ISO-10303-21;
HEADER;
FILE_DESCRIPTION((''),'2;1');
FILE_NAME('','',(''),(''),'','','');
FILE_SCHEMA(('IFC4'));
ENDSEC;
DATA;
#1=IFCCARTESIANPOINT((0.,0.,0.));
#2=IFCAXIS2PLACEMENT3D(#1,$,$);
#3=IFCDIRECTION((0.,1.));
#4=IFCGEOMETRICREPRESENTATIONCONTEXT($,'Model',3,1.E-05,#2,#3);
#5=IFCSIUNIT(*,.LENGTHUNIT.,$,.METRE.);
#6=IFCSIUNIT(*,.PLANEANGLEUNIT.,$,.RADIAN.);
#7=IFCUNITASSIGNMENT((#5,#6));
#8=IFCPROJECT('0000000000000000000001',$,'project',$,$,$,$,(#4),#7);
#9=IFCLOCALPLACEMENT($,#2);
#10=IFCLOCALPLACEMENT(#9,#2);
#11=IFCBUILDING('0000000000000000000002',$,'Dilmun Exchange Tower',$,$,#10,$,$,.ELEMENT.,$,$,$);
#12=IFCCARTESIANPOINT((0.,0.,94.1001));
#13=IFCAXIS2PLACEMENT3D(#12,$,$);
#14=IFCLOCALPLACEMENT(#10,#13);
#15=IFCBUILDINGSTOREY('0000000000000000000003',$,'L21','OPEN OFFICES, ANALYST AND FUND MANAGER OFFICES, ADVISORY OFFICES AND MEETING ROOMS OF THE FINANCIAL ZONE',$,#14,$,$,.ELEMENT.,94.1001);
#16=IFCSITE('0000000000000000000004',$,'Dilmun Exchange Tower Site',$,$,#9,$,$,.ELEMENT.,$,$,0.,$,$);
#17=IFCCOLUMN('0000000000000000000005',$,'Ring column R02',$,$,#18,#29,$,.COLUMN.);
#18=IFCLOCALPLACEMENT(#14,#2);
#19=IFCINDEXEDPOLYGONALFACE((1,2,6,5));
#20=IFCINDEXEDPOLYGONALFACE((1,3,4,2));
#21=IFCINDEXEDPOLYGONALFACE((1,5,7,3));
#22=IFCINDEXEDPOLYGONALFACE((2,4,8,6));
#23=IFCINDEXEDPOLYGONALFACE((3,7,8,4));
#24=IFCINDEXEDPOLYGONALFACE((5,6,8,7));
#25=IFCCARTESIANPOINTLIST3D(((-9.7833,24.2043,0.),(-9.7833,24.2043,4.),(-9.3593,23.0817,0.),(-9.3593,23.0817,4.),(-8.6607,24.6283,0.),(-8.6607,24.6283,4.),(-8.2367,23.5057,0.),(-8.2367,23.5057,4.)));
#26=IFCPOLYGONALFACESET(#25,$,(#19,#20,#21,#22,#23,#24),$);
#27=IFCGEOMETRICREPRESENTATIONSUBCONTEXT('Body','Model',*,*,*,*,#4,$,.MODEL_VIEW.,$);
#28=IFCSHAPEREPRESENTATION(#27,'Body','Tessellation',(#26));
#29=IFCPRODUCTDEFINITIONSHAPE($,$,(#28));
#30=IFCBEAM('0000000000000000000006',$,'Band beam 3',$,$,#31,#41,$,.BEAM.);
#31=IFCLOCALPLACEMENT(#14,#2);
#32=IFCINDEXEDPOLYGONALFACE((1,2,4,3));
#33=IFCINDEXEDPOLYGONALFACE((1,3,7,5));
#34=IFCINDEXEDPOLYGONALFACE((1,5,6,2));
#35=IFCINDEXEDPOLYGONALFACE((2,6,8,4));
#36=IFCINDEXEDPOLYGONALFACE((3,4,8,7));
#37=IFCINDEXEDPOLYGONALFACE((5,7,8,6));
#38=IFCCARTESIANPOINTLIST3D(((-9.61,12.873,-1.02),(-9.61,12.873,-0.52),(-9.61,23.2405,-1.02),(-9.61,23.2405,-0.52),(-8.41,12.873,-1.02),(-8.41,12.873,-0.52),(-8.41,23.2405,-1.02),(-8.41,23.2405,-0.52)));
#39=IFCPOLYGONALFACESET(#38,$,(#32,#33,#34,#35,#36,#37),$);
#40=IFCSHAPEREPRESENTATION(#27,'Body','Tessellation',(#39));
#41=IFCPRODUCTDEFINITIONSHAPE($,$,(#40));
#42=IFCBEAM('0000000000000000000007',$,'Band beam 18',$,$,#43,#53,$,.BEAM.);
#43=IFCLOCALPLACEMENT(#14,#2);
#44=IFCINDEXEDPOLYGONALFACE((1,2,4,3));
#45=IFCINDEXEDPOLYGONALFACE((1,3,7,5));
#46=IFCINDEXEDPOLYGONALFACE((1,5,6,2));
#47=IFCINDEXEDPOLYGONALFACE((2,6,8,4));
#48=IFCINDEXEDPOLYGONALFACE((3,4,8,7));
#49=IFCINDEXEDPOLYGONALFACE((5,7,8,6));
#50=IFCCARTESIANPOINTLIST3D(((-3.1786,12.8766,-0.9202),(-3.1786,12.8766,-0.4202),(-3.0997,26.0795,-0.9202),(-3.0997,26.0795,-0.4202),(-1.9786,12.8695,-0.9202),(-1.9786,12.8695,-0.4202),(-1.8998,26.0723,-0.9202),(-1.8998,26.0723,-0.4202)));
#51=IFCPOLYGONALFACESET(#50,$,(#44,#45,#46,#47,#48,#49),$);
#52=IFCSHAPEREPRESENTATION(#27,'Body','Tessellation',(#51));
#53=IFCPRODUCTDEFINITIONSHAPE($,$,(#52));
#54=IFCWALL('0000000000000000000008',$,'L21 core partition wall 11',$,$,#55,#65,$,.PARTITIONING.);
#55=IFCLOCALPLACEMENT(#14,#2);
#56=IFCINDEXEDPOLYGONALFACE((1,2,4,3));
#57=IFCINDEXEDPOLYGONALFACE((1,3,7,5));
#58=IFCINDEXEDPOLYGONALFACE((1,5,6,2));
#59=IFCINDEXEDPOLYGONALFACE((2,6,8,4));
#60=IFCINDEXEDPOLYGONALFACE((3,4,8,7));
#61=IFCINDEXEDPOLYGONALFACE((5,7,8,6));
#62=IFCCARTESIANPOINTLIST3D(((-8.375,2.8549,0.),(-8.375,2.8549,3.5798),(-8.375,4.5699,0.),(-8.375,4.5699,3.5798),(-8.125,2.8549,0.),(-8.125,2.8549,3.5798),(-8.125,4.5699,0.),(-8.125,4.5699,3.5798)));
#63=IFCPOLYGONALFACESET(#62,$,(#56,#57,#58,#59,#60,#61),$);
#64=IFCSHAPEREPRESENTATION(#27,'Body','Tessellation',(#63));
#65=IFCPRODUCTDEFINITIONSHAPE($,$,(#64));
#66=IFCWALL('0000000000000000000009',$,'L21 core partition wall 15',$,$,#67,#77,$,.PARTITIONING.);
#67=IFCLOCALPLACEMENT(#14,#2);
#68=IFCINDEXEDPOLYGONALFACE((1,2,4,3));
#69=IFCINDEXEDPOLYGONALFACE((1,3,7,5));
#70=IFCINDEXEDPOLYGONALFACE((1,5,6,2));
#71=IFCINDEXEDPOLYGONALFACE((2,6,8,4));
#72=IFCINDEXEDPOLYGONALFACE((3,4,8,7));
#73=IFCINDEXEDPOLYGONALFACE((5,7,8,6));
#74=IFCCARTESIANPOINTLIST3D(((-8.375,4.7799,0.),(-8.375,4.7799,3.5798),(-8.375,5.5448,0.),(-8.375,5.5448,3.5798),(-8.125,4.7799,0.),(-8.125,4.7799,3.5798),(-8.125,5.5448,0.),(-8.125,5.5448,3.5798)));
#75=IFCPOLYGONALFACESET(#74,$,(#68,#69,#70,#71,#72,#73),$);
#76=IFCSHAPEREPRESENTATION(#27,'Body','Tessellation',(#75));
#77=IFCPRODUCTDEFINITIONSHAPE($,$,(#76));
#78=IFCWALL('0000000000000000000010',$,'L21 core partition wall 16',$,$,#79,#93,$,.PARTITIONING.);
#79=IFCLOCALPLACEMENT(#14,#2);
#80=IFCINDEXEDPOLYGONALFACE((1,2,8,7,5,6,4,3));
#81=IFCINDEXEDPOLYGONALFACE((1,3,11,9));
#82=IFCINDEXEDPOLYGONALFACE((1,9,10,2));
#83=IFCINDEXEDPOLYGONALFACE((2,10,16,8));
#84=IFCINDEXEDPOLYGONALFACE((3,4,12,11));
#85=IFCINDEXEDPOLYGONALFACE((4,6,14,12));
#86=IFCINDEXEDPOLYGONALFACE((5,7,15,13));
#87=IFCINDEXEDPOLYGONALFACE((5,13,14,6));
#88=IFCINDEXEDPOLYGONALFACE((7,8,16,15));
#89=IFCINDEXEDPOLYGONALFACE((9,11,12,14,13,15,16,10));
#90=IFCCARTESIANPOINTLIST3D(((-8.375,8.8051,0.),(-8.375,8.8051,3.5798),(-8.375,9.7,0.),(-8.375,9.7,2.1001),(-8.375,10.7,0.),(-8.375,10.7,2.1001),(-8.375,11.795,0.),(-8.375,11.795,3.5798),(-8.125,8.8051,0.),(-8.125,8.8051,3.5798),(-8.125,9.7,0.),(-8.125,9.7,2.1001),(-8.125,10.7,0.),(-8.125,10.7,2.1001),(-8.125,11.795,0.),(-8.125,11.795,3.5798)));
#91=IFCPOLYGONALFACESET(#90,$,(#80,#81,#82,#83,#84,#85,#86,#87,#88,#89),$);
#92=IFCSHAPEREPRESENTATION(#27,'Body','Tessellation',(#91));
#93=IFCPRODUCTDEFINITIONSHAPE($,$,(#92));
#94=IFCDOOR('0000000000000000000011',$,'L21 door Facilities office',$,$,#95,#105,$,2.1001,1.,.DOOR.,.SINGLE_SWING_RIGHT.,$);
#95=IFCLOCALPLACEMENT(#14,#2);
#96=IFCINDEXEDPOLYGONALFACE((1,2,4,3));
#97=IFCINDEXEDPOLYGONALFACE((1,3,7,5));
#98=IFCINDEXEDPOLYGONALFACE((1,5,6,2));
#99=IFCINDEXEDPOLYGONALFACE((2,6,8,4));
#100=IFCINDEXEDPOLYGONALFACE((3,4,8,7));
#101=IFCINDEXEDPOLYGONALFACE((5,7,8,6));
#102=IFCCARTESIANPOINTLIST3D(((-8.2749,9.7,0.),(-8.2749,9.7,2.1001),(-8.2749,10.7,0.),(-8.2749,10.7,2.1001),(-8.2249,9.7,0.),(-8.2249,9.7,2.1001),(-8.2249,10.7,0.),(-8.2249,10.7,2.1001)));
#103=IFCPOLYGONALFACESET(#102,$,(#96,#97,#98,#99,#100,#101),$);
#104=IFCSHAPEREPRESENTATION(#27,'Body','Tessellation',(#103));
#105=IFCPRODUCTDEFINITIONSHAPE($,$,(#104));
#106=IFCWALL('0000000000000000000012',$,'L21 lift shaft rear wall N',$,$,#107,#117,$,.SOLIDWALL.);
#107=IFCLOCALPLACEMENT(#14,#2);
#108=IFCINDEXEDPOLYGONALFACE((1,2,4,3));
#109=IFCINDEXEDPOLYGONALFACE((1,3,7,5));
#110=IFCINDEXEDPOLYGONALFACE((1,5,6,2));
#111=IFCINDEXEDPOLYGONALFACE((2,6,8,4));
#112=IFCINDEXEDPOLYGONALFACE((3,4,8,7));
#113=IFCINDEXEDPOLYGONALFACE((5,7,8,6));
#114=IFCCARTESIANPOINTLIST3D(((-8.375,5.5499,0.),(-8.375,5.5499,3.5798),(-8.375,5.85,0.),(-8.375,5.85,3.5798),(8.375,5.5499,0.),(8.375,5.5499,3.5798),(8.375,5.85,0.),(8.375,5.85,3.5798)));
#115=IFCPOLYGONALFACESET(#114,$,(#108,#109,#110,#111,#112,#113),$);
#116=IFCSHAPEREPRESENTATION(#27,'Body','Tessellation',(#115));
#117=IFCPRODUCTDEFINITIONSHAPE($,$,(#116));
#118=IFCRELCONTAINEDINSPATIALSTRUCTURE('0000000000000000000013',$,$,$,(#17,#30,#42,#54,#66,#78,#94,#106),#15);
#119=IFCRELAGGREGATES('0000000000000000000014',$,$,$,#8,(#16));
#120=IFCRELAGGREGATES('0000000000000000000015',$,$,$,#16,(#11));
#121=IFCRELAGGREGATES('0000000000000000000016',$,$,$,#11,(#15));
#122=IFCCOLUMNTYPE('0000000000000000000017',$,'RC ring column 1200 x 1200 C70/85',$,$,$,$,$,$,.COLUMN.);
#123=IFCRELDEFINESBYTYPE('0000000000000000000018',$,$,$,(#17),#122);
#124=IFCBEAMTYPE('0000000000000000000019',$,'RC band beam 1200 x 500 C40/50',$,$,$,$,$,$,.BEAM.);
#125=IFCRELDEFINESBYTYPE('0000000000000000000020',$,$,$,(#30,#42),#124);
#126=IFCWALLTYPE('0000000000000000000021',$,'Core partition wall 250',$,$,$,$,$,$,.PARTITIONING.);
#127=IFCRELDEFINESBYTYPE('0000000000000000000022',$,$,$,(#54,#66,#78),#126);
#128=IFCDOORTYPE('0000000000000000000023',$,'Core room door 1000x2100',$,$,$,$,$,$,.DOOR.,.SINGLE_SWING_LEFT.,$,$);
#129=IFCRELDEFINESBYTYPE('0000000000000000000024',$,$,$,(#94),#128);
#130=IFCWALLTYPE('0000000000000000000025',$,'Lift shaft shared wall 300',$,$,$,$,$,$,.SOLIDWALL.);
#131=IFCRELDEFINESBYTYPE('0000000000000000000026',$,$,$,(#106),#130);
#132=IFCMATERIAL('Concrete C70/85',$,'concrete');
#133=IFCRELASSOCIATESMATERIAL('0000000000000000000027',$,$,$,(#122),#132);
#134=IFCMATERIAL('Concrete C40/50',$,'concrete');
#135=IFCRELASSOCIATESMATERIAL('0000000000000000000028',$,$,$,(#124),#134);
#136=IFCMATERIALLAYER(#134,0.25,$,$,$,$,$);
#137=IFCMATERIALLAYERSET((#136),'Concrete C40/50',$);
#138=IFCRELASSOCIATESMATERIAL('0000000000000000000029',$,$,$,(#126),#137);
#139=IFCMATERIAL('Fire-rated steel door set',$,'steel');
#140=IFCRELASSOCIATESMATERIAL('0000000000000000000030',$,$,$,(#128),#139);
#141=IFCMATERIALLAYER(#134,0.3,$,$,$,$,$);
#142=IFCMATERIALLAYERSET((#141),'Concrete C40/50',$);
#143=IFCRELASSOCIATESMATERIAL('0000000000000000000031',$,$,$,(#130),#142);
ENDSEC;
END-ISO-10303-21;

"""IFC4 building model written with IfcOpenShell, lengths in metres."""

from ifc_helpers import new_model, si_unit, direction, frame, frame_2d, origin, origin_2d, place, context, subcontext, project, spatial, rectangle, extrude, material, layer, layer_set, material_profile, profile_set, type_object, element, fill, save


model = new_model("IFC4")

# Units and contexts
model_context = context("Model", 3, precision=1e-05, world=origin(), true_north=direction((0.0, 1.0)))
body_context = subcontext(model_context, "Body", "Model", "MODEL_VIEW")
ifc_project = project(units=[si_unit("LENGTHUNIT", "METRE"), si_unit("PLANEANGLEUNIT", "RADIAN")], contexts=[model_context])

# Site, building, storey
site_placement = place(None, origin())
site = spatial("IfcSite", under=ifc_project, at=site_placement, Name="Dilmun Exchange Tower Site", CompositionType="ELEMENT", RefElevation=0.0)
building_placement = place(site_placement, origin())
building = spatial("IfcBuilding", under=site, at=building_placement, Name="Dilmun Exchange Tower", CompositionType="ELEMENT")
storey_placement = place(building_placement, frame((0.0, 0.0, 94.1001)))
storey = spatial("IfcBuildingStorey", under=building, at=storey_placement, Name="L21", Description="OPEN OFFICES, ANALYST AND FUND MANAGER OFFICES, ADVISORY OFFICES AND MEETING ROOMS OF THE FINANCIAL ZONE", CompositionType="ELEMENT", Elevation=94.1001)

# Column
ifc_material_1 = material(Name="Concrete C70/85", Category="concrete")
ifc_material_profile_1 = material_profile(ifc_material_1, rectangle(XDim=1.2, YDim=1.2, at=origin_2d()), Name="1200 x 1200")
ifc_profile_set_1 = profile_set([ifc_material_profile_1], Name="Concrete C70/85")
column_type = type_object("IfcColumnType", Name="RC ring column 1200 x 1200 C70/85", PredefinedType="COLUMN", material=ifc_profile_set_1)
column_placement = place(storey_placement, frame((-9.01, 23.855, 0.0), z_axis=(0.0, 0.0, 1.0), x_axis=(0.935492, 0.353349, 0.0)))
element("IfcColumn", 1, at=column_placement, inside=storey, type_object=column_type, Name="Ring column R02", PredefinedType="COLUMN", context=body_context, shape_type="SweptSolid", body=[
    extrude(rectangle(XDim=1.2, YDim=1.2, at=origin_2d()), origin(), (0.0, 0.0, 1.0), 4.0),
])

# Beams
ifc_material_2 = material(Name="Concrete C40/50", Category="concrete")
ifc_material_profile_2 = material_profile(ifc_material_2, rectangle(XDim=1.2, YDim=0.5, at=origin_2d()), Name="1200 x 500")
ifc_profile_set_2 = profile_set([ifc_material_profile_2], Name="Concrete C40/50")
beam_type = type_object("IfcBeamType", Name="RC band beam 1200 x 500 C40/50", PredefinedType="BEAM", material=ifc_profile_set_2)
beam_1_placement = place(storey_placement, frame((-9.01, 23.2405, -0.77), z_axis=(0.0, -1.0, 0.0), x_axis=(1.0, 0.0, 0.0)))
element("IfcBeam", 2, at=beam_1_placement, inside=storey, type_object=beam_type, Name="Band beam 3", PredefinedType="BEAM", context=body_context, shape_type="SweptSolid", body=[
    extrude(rectangle(XDim=1.2, YDim=0.5, at=origin_2d()), origin(), (0.0, 0.0, 1.0), 10.3674),
])
beam_2_placement = place(storey_placement, frame((-2.4998, 26.0759, -0.6702), z_axis=(-0.005973, -0.999982, 0.0), x_axis=(0.999982, -0.005973, 0.0)))
element("IfcBeam", 3, at=beam_2_placement, inside=storey, type_object=beam_type, Name="Band beam 18", PredefinedType="BEAM", context=body_context, shape_type="SweptSolid", body=[
    extrude(rectangle(XDim=1.2, YDim=0.5, at=origin_2d()), origin(), (0.0, 0.0, 1.0), 13.2031),
])

# Walls
ifc_layer_1 = layer(ifc_material_2, 0.25)
ifc_layer_set_1 = layer_set([ifc_layer_1], Name="Concrete C40/50")
wall_type_1 = type_object("IfcWallType", Name="Core partition wall 250", PredefinedType="PARTITIONING", material=ifc_layer_set_1)
wall_1_placement = place(storey_placement, frame((-8.25, 2.855, 0.0), z_axis=(0.0, 0.0, 1.0), x_axis=(0.0, 1.0, 0.0)))
element("IfcWall", 4, at=wall_1_placement, inside=storey, type_object=wall_type_1, Name="L21 core partition wall 11", PredefinedType="PARTITIONING", context=body_context, shape_type="SweptSolid", body=[
    extrude(rectangle(XDim=1.7151, YDim=0.25, at=frame_2d((0.8574, 0.0))), origin(), (0.0, 0.0, 1.0), 3.5798),
])
wall_2_placement = place(storey_placement, frame((-8.25, 4.78, 0.0), z_axis=(0.0, 0.0, 1.0), x_axis=(0.0, 1.0, 0.0)))
element("IfcWall", 5, at=wall_2_placement, inside=storey, type_object=wall_type_1, Name="L21 core partition wall 15", PredefinedType="PARTITIONING", context=body_context, shape_type="SweptSolid", body=[
    extrude(rectangle(XDim=0.7649, YDim=0.25, at=frame_2d((0.3823, 0.0))), origin(), (0.0, 0.0, 1.0), 3.5798),
])

# Wall, opening, door
wall_3_placement = place(storey_placement, frame((-8.25, 8.8049, 0.0), z_axis=(0.0, 0.0, 1.0), x_axis=(0.0, 1.0, 0.0)))
wall_3 = element("IfcWall", 6, at=wall_3_placement, inside=storey, type_object=wall_type_1, Name="L21 core partition wall 16", PredefinedType="PARTITIONING", context=body_context, shape_type="SweptSolid", body=[
    extrude(rectangle(XDim=2.99, YDim=0.25, at=frame_2d((1.4951, 0.0))), origin(), (0.0, 0.0, 1.0), 3.5798),
])
opening_1_placement = place(wall_3_placement, frame((0.895, 0.0, 0.0)))
opening_1 = element("IfcOpeningElement", 7, at=opening_1_placement, cuts=wall_3, PredefinedType="OPENING", context=body_context, shape_type="SweptSolid", body=[
    extrude(rectangle(XDim=1.0, YDim=2.1001, at=frame_2d((0.5, 1.05))), frame((0.0, 0.135, 0.0), z_axis=(0.0, -1.0, 0.0), x_axis=(1.0, 0.0, 0.0)), (0.0, 0.0, 1.0), 0.27),
])
ifc_material_3 = material(Name="Fire-rated steel door set", Category="steel")
door_type_1 = type_object("IfcDoorType", Name="Core room door 1000x2100", OperationType="SINGLE_SWING_LEFT", PredefinedType="DOOR", material=ifc_material_3)
door_1_placement = place(opening_1_placement, origin())
door_1 = element("IfcDoor", 8, at=door_1_placement, inside=storey, type_object=door_type_1, Name="L21 door Facilities office", OperationType="SINGLE_SWING_RIGHT", OverallHeight=2.1001, OverallWidth=1.0, PredefinedType="DOOR", context=body_context, shape_type="SweptSolid", body=[
    extrude(rectangle(XDim=1.0, YDim=2.1001, at=frame_2d((0.5, 1.05))), frame((0.0, 0.0249, 0.0), z_axis=(0.0, -1.0, 0.0), x_axis=(1.0, 0.0, 0.0)), (0.0, 0.0, 1.0), 0.05),
])
fill(opening_1, door_1)

# Wall
ifc_layer_2 = layer(ifc_material_2, 0.3)
ifc_layer_set_2 = layer_set([ifc_layer_2], Name="Concrete C40/50")
wall_type_2 = type_object("IfcWallType", Name="Lift shaft shared wall 300", PredefinedType="SOLIDWALL", material=ifc_layer_set_2)
wall_4_placement = place(storey_placement, frame((-8.375, 5.7, 0.0), z_axis=(0.0, 0.0, 1.0), x_axis=(1.0, 0.0, 0.0)))
element("IfcWall", 9, at=wall_4_placement, inside=storey, type_object=wall_type_2, Name="L21 lift shaft rear wall N", PredefinedType="SOLIDWALL", context=body_context, shape_type="SweptSolid", body=[
    extrude(rectangle(XDim=16.75, YDim=0.3, at=frame_2d((8.375, 0.0))), origin(), (0.0, 0.0, 1.0), 3.5798),
])

save(model, "model.ifc")
